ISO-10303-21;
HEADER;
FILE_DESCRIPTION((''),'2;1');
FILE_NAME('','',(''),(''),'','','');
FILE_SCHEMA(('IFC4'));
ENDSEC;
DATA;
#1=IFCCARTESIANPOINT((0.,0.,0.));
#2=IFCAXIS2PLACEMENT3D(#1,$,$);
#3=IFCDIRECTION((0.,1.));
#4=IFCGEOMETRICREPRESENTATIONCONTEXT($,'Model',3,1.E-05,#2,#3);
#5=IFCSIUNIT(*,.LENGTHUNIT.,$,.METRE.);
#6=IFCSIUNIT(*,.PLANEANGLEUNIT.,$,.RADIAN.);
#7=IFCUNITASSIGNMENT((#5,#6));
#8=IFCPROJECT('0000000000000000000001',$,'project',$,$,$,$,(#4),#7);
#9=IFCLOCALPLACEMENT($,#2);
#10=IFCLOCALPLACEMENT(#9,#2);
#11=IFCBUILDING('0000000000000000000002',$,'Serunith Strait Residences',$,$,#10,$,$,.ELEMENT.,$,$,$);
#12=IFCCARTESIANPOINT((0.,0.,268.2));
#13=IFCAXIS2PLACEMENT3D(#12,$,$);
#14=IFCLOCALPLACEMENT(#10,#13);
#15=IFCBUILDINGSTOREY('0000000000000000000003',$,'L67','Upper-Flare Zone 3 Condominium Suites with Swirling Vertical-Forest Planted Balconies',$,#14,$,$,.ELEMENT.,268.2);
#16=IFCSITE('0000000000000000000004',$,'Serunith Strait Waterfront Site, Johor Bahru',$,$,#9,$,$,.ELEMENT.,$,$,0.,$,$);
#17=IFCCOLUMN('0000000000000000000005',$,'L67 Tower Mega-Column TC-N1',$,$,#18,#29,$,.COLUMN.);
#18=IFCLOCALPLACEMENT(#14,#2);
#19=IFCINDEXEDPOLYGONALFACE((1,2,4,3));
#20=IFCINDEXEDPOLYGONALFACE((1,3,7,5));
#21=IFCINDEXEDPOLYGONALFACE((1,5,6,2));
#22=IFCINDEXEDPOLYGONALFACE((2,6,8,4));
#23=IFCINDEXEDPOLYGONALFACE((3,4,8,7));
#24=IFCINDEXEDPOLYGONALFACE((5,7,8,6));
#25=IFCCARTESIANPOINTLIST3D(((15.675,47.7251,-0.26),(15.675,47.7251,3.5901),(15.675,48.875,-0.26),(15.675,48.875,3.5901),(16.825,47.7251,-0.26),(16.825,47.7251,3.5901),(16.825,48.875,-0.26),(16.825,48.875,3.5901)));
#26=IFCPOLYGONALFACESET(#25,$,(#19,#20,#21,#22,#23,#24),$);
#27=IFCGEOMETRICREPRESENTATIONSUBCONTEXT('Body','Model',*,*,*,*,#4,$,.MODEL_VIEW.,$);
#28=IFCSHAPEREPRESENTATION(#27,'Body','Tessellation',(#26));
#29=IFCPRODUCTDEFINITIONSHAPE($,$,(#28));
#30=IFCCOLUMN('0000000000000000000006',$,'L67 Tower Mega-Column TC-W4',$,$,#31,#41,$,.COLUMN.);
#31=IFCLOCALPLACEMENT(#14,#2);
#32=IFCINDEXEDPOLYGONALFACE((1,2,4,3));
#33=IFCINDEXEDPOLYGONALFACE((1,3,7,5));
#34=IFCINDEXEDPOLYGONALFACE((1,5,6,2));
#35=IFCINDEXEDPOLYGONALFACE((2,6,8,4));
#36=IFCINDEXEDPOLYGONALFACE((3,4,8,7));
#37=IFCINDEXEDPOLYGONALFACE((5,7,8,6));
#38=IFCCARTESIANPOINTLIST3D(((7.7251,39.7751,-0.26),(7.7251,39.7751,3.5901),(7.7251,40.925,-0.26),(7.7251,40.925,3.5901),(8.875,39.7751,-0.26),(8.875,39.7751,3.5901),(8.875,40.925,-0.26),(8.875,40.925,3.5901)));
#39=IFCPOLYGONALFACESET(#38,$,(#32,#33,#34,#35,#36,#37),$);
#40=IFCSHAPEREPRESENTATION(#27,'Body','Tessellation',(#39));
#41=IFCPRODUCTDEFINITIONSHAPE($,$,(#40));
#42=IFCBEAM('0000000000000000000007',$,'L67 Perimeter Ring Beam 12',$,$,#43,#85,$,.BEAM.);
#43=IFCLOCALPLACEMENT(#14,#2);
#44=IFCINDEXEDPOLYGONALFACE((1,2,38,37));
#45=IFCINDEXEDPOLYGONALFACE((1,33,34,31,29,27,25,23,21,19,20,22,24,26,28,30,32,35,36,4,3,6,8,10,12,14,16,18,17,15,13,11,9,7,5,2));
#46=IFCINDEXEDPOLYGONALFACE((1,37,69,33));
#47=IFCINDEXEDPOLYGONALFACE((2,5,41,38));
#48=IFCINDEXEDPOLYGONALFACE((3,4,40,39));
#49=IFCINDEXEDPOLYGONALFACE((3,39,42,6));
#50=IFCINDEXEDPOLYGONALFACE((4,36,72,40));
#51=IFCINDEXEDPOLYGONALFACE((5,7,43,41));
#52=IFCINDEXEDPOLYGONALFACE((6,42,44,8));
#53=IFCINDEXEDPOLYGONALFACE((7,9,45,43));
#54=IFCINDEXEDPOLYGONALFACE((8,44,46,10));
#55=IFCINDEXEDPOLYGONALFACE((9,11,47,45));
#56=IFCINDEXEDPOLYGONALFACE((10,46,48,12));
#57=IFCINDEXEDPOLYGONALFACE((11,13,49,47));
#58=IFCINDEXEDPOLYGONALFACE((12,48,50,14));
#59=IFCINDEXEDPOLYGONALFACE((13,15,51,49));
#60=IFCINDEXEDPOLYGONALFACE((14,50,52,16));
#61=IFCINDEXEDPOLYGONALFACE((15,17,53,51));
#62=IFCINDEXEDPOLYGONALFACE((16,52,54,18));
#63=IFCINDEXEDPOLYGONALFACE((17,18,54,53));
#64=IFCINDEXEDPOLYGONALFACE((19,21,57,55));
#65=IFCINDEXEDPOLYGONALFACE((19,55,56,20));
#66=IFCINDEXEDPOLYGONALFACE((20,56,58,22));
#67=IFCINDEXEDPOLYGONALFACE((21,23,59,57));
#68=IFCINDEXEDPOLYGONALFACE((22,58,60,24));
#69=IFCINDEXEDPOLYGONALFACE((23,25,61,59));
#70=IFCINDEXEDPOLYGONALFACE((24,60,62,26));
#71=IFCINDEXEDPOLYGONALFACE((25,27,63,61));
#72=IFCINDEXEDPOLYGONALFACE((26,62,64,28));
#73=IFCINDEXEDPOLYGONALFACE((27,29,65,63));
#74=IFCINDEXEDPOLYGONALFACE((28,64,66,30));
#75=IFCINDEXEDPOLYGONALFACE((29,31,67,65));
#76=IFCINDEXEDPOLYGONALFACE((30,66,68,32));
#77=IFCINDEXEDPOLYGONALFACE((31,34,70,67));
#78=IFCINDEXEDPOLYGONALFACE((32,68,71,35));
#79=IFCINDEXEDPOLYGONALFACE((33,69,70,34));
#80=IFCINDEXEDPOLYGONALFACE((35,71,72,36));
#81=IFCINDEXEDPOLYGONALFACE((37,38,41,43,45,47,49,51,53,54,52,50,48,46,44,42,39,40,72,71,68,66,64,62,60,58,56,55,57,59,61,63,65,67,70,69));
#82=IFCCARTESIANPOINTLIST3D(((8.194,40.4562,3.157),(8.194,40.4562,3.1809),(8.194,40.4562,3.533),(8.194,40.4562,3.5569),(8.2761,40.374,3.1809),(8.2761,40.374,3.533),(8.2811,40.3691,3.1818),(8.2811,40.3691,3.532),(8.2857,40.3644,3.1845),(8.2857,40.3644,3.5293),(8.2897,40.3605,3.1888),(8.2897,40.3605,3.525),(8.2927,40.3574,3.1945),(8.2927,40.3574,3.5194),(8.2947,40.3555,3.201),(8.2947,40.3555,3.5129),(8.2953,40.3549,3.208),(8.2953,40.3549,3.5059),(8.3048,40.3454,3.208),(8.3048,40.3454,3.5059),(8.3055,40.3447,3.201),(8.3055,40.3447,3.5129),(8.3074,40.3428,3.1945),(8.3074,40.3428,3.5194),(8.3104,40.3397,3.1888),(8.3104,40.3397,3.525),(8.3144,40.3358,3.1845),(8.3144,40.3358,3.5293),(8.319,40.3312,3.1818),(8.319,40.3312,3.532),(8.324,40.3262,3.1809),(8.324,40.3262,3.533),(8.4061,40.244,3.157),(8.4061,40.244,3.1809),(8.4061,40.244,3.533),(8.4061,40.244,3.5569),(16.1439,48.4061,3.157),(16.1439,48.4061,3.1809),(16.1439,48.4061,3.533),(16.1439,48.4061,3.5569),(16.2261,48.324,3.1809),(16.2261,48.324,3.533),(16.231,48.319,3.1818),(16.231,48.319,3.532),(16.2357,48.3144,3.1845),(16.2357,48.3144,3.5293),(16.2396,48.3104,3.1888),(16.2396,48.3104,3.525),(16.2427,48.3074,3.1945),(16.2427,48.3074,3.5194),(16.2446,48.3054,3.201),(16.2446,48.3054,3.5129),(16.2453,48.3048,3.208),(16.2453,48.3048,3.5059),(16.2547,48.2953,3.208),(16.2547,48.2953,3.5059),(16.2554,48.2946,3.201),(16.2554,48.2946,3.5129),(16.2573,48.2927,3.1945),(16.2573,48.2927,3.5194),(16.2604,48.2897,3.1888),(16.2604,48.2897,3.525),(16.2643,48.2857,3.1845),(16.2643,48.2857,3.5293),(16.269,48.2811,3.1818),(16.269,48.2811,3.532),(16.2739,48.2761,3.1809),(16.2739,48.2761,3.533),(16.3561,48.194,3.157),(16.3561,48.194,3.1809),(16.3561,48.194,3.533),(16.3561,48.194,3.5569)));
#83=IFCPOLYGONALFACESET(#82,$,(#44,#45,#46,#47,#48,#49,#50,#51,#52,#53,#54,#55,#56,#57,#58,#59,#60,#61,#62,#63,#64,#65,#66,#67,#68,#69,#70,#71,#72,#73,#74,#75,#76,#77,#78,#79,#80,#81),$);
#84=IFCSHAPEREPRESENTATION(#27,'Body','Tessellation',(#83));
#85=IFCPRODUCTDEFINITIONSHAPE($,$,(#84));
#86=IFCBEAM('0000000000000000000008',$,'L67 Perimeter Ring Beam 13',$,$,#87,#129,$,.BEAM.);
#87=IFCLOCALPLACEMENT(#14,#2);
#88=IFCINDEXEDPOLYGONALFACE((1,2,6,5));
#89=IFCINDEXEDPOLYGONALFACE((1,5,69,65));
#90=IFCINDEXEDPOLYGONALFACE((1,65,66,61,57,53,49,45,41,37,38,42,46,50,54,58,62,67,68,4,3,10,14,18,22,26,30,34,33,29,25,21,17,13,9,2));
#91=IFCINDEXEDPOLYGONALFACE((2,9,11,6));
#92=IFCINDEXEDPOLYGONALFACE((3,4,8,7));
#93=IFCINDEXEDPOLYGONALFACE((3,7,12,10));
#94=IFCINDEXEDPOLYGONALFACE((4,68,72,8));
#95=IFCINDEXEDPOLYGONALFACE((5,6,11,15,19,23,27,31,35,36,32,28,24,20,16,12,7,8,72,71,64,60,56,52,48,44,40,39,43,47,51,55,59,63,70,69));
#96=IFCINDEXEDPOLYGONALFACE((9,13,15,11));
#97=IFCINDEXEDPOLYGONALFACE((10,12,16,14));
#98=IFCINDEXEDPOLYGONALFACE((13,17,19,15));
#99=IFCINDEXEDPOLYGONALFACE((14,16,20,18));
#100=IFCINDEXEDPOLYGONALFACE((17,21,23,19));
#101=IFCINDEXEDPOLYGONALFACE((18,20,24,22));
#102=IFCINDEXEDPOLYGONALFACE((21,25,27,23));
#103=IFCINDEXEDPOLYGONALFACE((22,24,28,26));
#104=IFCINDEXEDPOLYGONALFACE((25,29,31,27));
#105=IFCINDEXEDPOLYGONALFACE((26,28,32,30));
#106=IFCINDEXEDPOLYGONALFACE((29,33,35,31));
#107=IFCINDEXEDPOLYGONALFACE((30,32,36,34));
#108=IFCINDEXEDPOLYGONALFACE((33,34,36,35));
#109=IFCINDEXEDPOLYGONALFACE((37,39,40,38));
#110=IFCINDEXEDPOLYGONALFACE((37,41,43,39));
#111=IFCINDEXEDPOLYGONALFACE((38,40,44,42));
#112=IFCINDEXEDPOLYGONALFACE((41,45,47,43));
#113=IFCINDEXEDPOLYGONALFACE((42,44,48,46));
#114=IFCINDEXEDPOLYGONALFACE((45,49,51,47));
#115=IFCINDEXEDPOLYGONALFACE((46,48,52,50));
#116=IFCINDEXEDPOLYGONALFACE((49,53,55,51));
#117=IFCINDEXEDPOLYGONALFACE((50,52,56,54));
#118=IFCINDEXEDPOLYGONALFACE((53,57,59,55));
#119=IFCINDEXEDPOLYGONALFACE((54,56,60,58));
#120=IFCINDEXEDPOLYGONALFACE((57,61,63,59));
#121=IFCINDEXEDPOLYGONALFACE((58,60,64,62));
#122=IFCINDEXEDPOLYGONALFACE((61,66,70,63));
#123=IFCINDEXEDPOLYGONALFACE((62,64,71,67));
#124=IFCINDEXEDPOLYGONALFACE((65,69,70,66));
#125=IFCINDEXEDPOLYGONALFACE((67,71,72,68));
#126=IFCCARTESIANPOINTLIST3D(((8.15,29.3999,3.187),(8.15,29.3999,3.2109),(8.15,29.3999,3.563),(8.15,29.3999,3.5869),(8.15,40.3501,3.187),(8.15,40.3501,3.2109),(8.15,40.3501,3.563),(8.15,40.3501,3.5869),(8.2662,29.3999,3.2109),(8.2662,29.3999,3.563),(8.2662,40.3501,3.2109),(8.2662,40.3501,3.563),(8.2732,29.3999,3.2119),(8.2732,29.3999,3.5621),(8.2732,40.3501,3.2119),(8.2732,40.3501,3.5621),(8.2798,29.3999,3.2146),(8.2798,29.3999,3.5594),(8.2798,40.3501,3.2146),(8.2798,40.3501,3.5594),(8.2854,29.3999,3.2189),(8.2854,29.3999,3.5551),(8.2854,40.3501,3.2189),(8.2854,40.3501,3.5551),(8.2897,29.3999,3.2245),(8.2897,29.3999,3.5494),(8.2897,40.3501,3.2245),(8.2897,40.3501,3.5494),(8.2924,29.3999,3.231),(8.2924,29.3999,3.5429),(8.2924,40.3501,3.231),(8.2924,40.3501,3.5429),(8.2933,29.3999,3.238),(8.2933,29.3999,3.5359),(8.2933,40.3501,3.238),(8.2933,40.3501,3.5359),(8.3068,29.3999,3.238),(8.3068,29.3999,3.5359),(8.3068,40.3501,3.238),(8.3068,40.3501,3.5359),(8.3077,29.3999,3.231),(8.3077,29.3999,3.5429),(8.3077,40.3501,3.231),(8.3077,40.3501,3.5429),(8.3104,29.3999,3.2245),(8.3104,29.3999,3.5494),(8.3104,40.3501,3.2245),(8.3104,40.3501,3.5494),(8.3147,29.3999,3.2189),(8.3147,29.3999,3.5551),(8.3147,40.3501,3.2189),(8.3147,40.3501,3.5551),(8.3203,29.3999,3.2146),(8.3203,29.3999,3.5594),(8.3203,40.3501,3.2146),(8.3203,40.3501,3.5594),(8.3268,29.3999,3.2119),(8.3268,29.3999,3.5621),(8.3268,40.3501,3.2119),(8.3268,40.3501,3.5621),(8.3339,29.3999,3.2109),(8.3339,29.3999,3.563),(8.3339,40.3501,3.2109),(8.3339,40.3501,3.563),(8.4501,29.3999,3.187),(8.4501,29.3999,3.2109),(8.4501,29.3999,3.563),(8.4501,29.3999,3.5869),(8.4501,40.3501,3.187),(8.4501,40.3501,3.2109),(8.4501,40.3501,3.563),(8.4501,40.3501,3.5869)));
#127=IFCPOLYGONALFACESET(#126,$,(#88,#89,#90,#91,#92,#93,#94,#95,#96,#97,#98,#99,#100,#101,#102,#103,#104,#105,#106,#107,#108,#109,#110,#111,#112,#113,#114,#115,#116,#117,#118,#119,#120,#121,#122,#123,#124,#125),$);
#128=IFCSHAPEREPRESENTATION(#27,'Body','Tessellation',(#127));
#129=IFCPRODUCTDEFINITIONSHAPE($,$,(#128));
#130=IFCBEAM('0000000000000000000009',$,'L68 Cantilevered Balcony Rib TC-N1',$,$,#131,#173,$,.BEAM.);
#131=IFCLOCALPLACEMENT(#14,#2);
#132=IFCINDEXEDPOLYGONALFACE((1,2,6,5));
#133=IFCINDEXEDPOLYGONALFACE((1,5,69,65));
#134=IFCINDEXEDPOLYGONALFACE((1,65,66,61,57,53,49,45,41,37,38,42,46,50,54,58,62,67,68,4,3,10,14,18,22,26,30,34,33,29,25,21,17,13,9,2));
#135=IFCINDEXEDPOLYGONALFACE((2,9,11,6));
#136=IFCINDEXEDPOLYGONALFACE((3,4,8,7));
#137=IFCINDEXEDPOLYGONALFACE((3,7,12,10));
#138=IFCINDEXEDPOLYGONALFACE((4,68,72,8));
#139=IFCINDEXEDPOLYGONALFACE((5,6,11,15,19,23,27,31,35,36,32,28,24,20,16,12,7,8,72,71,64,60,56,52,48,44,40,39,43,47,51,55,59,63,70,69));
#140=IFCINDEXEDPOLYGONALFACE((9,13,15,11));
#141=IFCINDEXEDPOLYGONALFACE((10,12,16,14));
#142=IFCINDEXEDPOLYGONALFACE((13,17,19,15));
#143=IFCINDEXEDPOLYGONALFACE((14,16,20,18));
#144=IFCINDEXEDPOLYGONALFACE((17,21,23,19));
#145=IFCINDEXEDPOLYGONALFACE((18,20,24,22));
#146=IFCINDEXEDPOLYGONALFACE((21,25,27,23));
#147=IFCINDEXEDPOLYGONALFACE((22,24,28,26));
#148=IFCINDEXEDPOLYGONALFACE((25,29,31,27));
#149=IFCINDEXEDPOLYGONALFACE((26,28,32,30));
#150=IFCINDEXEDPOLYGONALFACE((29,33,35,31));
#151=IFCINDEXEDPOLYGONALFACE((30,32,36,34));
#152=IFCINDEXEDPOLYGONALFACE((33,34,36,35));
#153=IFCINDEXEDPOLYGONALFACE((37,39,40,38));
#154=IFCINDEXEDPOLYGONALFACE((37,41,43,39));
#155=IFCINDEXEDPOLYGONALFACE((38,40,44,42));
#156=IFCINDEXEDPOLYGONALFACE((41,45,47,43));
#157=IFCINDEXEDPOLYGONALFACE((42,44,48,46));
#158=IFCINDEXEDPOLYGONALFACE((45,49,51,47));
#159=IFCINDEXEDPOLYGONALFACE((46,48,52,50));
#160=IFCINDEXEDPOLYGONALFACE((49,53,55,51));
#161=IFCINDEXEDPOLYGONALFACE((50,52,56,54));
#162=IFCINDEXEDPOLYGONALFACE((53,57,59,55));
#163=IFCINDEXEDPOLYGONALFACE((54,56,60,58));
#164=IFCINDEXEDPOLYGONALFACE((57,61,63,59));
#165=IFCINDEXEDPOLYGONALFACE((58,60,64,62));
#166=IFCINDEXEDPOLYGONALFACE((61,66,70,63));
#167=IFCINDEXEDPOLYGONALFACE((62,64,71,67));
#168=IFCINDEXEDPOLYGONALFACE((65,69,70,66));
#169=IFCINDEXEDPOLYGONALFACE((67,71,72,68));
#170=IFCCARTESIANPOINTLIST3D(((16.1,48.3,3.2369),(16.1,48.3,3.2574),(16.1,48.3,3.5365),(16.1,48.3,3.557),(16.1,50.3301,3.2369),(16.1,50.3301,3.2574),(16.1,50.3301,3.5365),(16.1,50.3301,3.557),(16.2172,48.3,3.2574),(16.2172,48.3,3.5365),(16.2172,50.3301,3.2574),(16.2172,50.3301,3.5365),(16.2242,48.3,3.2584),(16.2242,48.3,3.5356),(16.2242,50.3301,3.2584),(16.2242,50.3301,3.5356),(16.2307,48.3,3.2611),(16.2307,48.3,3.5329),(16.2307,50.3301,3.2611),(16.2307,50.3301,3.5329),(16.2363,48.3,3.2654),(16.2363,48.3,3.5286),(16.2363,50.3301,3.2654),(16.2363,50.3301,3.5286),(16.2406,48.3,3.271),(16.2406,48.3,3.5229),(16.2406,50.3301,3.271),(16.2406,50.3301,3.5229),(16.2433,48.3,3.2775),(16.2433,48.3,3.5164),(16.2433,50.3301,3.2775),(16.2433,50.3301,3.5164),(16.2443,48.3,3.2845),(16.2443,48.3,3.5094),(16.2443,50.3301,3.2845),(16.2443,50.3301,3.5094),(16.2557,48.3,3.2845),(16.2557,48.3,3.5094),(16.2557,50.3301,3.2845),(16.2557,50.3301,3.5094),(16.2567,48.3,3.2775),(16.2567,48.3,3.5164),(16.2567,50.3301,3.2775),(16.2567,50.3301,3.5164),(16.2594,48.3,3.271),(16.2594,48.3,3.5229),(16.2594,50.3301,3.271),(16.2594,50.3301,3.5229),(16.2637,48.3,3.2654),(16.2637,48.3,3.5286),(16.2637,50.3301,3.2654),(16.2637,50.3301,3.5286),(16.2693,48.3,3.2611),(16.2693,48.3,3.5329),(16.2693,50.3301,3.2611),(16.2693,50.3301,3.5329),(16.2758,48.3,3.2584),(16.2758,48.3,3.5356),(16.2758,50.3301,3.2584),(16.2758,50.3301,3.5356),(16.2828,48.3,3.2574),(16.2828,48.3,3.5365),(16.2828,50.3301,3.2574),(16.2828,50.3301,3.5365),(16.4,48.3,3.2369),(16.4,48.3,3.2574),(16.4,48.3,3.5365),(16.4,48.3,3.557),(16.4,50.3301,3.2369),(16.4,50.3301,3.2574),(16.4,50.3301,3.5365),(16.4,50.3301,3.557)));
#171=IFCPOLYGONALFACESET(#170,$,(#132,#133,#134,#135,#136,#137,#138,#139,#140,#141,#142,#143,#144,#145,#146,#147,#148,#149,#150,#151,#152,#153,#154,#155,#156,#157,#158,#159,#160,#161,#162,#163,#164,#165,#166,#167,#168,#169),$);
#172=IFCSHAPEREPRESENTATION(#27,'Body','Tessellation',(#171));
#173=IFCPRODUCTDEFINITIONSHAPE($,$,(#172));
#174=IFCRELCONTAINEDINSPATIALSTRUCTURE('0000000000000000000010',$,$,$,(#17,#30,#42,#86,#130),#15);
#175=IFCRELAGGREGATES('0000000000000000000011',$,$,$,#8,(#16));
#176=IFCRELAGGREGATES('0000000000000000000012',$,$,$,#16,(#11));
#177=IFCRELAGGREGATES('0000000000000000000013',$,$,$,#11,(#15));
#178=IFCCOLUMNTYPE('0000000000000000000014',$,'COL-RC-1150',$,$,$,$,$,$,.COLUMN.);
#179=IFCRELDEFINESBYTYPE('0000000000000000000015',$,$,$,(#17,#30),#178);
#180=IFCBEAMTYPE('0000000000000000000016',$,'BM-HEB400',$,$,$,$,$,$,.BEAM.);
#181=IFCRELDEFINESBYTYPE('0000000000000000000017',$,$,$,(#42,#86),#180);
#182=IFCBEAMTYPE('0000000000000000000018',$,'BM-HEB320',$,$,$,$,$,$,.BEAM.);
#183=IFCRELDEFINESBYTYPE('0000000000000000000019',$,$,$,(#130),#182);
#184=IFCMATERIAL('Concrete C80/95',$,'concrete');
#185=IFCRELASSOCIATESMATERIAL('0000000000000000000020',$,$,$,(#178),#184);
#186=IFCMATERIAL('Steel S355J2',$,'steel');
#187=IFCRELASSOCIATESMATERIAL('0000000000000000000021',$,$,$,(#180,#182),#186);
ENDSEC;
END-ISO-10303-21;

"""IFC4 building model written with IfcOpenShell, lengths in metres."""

from ifc_helpers import new_model, si_unit, direction, frame, origin, origin_2d, place, context, subcontext, project, spatial, rectangle, i_section, extrude, source, transform, mapped, material, material_profile, profile_set, type_object, element, save


model = new_model("IFC4")

# Units and contexts
model_context = context("Model", 3, precision=1e-05, world=origin(), true_north=direction((0.0, 1.0)))
body_context = subcontext(model_context, "Body", "Model", "MODEL_VIEW")
ifc_project = project(units=[si_unit("LENGTHUNIT", "METRE"), si_unit("PLANEANGLEUNIT", "RADIAN")], contexts=[model_context])

# Site, building, storey
site_placement = place(None, origin())
site = spatial("IfcSite", under=ifc_project, at=site_placement, Name="Serunith Strait Waterfront Site, Johor Bahru", CompositionType="ELEMENT", RefElevation=0.0)
building_placement = place(site_placement, origin())
building = spatial("IfcBuilding", under=site, at=building_placement, Name="Serunith Strait Residences", CompositionType="ELEMENT")
storey_placement = place(building_placement, frame((0.0, 0.0, 268.2)))
storey = spatial("IfcBuildingStorey", under=building, at=storey_placement, Name="L67", Description="Upper-Flare Zone 3 Condominium Suites with Swirling Vertical-Forest Planted Balconies", CompositionType="ELEMENT", Elevation=268.2)

# Columns
ifc_material_1 = material(Name="Concrete C80/95", Category="concrete")
ifc_material_profile_1 = material_profile(ifc_material_1, rectangle(XDim=1.1499, YDim=1.1499, at=origin_2d()), Name="RC 1150x1150")
ifc_profile_set_1 = profile_set([ifc_material_profile_1], Name="Concrete C80/95")
column_type = type_object("IfcColumnType", Name="COL-RC-1150", PredefinedType="COLUMN", material=ifc_profile_set_1)
shared_shape_1 = source(origin(), body_context, "Body", "SweptSolid", [
    extrude(rectangle(XDim=1.1499, YDim=1.1499, at=origin_2d()), origin(), (0.0, 0.0, 1.0), 3.8501),
])
for number, where, z_axis, x_axis, name in (
    (1, (16.25, 48.3, -0.26), (0.0, 0.0, 1.0), (1.0, 0.0, 0.0), "L67 Tower Mega-Column TC-N1"),
    (2, (8.3, 40.3501, -0.26), (0.0, 0.0, 1.0), (1.0, 0.0, 0.0), "L67 Tower Mega-Column TC-W4"),
):
    element("IfcColumn", number, at=place(storey_placement, frame(where, z_axis=z_axis, x_axis=x_axis)), inside=storey, type_object=column_type, Name=name, PredefinedType="COLUMN", context=body_context, shape_type="MappedRepresentation", body=[
        mapped(shared_shape_1, transform((0.0, 0.0, 0.0), scale=1.0)),
    ])

# Beams
ifc_material_2 = material(Name="Steel S355J2", Category="steel")
ifc_material_profile_2 = material_profile(ifc_material_2, i_section(OverallWidth=0.3, OverallDepth=0.3999, WebThickness=0.0134, FlangeThickness=0.0239, FilletRadius=0.0271, at=origin_2d()), Name="HEB 400")
ifc_profile_set_2 = profile_set([ifc_material_profile_2], Name="Steel S355J2")
beam_type_1 = type_object("IfcBeamType", Name="BM-HEB400", PredefinedType="BEAM", material=ifc_profile_set_2)
shared_shape_2 = source(origin(), body_context, "Body", "SweptSolid", [
    extrude(i_section(OverallWidth=0.3, OverallDepth=0.3999, WebThickness=0.0134, FlangeThickness=0.0239, FilletRadius=0.0271, at=origin_2d()), origin(), (0.0, 0.0, 1.0), 11.2429),
])
beam_1_placement = place(storey_placement, frame((16.25, 48.3, 3.3569), z_axis=(-0.707107, -0.707107, 0.0), x_axis=(0.707107, -0.707107, 0.0)))
element("IfcBeam", 3, at=beam_1_placement, inside=storey, type_object=beam_type_1, Name="L67 Perimeter Ring Beam 12", PredefinedType="BEAM", context=body_context, shape_type="MappedRepresentation", body=[
    mapped(shared_shape_2, transform((0.0, 0.0, 0.0), scale=1.0)),
])
shared_shape_3 = source(origin(), body_context, "Body", "SweptSolid", [
    extrude(i_section(OverallWidth=0.3, OverallDepth=0.3999, WebThickness=0.0134, FlangeThickness=0.0239, FilletRadius=0.0271, at=origin_2d()), origin(), (0.0, 0.0, 1.0), 10.9502),
])
beam_2_placement = place(storey_placement, frame((8.3, 40.3501, 3.387), z_axis=(0.0, -1.0, 0.0), x_axis=(1.0, 0.0, 0.0)))
element("IfcBeam", 4, at=beam_2_placement, inside=storey, type_object=beam_type_1, Name="L67 Perimeter Ring Beam 13", PredefinedType="BEAM", context=body_context, shape_type="MappedRepresentation", body=[
    mapped(shared_shape_3, transform((0.0, 0.0, 0.0), scale=1.0)),
])
ifc_material_profile_3 = material_profile(ifc_material_2, i_section(OverallWidth=0.3, OverallDepth=0.3201, WebThickness=0.0115, FlangeThickness=0.0205, FilletRadius=0.0271, at=origin_2d()), Name="HEB 320")
ifc_profile_set_3 = profile_set([ifc_material_profile_3], Name="Steel S355J2")
beam_type_2 = type_object("IfcBeamType", Name="BM-HEB320", PredefinedType="BEAM", material=ifc_profile_set_3)
shared_shape_4 = source(origin(), body_context, "Body", "SweptSolid", [
    extrude(i_section(OverallWidth=0.3, OverallDepth=0.3201, WebThickness=0.0115, FlangeThickness=0.0205, FilletRadius=0.0271, at=origin_2d()), origin(), (0.0, 0.0, 1.0), 2.03),
])
beam_3_placement = place(storey_placement, frame((16.25, 48.3, 3.397), z_axis=(0.0, 1.0, 0.0), x_axis=(-1.0, 0.0, 0.0)))
element("IfcBeam", 5, at=beam_3_placement, inside=storey, type_object=beam_type_2, Name="L68 Cantilevered Balcony Rib TC-N1", PredefinedType="BEAM", context=body_context, shape_type="MappedRepresentation", body=[
    mapped(shared_shape_4, transform((0.0, 0.0, 0.0), scale=1.0)),
])

save(model, "model.ifc")
